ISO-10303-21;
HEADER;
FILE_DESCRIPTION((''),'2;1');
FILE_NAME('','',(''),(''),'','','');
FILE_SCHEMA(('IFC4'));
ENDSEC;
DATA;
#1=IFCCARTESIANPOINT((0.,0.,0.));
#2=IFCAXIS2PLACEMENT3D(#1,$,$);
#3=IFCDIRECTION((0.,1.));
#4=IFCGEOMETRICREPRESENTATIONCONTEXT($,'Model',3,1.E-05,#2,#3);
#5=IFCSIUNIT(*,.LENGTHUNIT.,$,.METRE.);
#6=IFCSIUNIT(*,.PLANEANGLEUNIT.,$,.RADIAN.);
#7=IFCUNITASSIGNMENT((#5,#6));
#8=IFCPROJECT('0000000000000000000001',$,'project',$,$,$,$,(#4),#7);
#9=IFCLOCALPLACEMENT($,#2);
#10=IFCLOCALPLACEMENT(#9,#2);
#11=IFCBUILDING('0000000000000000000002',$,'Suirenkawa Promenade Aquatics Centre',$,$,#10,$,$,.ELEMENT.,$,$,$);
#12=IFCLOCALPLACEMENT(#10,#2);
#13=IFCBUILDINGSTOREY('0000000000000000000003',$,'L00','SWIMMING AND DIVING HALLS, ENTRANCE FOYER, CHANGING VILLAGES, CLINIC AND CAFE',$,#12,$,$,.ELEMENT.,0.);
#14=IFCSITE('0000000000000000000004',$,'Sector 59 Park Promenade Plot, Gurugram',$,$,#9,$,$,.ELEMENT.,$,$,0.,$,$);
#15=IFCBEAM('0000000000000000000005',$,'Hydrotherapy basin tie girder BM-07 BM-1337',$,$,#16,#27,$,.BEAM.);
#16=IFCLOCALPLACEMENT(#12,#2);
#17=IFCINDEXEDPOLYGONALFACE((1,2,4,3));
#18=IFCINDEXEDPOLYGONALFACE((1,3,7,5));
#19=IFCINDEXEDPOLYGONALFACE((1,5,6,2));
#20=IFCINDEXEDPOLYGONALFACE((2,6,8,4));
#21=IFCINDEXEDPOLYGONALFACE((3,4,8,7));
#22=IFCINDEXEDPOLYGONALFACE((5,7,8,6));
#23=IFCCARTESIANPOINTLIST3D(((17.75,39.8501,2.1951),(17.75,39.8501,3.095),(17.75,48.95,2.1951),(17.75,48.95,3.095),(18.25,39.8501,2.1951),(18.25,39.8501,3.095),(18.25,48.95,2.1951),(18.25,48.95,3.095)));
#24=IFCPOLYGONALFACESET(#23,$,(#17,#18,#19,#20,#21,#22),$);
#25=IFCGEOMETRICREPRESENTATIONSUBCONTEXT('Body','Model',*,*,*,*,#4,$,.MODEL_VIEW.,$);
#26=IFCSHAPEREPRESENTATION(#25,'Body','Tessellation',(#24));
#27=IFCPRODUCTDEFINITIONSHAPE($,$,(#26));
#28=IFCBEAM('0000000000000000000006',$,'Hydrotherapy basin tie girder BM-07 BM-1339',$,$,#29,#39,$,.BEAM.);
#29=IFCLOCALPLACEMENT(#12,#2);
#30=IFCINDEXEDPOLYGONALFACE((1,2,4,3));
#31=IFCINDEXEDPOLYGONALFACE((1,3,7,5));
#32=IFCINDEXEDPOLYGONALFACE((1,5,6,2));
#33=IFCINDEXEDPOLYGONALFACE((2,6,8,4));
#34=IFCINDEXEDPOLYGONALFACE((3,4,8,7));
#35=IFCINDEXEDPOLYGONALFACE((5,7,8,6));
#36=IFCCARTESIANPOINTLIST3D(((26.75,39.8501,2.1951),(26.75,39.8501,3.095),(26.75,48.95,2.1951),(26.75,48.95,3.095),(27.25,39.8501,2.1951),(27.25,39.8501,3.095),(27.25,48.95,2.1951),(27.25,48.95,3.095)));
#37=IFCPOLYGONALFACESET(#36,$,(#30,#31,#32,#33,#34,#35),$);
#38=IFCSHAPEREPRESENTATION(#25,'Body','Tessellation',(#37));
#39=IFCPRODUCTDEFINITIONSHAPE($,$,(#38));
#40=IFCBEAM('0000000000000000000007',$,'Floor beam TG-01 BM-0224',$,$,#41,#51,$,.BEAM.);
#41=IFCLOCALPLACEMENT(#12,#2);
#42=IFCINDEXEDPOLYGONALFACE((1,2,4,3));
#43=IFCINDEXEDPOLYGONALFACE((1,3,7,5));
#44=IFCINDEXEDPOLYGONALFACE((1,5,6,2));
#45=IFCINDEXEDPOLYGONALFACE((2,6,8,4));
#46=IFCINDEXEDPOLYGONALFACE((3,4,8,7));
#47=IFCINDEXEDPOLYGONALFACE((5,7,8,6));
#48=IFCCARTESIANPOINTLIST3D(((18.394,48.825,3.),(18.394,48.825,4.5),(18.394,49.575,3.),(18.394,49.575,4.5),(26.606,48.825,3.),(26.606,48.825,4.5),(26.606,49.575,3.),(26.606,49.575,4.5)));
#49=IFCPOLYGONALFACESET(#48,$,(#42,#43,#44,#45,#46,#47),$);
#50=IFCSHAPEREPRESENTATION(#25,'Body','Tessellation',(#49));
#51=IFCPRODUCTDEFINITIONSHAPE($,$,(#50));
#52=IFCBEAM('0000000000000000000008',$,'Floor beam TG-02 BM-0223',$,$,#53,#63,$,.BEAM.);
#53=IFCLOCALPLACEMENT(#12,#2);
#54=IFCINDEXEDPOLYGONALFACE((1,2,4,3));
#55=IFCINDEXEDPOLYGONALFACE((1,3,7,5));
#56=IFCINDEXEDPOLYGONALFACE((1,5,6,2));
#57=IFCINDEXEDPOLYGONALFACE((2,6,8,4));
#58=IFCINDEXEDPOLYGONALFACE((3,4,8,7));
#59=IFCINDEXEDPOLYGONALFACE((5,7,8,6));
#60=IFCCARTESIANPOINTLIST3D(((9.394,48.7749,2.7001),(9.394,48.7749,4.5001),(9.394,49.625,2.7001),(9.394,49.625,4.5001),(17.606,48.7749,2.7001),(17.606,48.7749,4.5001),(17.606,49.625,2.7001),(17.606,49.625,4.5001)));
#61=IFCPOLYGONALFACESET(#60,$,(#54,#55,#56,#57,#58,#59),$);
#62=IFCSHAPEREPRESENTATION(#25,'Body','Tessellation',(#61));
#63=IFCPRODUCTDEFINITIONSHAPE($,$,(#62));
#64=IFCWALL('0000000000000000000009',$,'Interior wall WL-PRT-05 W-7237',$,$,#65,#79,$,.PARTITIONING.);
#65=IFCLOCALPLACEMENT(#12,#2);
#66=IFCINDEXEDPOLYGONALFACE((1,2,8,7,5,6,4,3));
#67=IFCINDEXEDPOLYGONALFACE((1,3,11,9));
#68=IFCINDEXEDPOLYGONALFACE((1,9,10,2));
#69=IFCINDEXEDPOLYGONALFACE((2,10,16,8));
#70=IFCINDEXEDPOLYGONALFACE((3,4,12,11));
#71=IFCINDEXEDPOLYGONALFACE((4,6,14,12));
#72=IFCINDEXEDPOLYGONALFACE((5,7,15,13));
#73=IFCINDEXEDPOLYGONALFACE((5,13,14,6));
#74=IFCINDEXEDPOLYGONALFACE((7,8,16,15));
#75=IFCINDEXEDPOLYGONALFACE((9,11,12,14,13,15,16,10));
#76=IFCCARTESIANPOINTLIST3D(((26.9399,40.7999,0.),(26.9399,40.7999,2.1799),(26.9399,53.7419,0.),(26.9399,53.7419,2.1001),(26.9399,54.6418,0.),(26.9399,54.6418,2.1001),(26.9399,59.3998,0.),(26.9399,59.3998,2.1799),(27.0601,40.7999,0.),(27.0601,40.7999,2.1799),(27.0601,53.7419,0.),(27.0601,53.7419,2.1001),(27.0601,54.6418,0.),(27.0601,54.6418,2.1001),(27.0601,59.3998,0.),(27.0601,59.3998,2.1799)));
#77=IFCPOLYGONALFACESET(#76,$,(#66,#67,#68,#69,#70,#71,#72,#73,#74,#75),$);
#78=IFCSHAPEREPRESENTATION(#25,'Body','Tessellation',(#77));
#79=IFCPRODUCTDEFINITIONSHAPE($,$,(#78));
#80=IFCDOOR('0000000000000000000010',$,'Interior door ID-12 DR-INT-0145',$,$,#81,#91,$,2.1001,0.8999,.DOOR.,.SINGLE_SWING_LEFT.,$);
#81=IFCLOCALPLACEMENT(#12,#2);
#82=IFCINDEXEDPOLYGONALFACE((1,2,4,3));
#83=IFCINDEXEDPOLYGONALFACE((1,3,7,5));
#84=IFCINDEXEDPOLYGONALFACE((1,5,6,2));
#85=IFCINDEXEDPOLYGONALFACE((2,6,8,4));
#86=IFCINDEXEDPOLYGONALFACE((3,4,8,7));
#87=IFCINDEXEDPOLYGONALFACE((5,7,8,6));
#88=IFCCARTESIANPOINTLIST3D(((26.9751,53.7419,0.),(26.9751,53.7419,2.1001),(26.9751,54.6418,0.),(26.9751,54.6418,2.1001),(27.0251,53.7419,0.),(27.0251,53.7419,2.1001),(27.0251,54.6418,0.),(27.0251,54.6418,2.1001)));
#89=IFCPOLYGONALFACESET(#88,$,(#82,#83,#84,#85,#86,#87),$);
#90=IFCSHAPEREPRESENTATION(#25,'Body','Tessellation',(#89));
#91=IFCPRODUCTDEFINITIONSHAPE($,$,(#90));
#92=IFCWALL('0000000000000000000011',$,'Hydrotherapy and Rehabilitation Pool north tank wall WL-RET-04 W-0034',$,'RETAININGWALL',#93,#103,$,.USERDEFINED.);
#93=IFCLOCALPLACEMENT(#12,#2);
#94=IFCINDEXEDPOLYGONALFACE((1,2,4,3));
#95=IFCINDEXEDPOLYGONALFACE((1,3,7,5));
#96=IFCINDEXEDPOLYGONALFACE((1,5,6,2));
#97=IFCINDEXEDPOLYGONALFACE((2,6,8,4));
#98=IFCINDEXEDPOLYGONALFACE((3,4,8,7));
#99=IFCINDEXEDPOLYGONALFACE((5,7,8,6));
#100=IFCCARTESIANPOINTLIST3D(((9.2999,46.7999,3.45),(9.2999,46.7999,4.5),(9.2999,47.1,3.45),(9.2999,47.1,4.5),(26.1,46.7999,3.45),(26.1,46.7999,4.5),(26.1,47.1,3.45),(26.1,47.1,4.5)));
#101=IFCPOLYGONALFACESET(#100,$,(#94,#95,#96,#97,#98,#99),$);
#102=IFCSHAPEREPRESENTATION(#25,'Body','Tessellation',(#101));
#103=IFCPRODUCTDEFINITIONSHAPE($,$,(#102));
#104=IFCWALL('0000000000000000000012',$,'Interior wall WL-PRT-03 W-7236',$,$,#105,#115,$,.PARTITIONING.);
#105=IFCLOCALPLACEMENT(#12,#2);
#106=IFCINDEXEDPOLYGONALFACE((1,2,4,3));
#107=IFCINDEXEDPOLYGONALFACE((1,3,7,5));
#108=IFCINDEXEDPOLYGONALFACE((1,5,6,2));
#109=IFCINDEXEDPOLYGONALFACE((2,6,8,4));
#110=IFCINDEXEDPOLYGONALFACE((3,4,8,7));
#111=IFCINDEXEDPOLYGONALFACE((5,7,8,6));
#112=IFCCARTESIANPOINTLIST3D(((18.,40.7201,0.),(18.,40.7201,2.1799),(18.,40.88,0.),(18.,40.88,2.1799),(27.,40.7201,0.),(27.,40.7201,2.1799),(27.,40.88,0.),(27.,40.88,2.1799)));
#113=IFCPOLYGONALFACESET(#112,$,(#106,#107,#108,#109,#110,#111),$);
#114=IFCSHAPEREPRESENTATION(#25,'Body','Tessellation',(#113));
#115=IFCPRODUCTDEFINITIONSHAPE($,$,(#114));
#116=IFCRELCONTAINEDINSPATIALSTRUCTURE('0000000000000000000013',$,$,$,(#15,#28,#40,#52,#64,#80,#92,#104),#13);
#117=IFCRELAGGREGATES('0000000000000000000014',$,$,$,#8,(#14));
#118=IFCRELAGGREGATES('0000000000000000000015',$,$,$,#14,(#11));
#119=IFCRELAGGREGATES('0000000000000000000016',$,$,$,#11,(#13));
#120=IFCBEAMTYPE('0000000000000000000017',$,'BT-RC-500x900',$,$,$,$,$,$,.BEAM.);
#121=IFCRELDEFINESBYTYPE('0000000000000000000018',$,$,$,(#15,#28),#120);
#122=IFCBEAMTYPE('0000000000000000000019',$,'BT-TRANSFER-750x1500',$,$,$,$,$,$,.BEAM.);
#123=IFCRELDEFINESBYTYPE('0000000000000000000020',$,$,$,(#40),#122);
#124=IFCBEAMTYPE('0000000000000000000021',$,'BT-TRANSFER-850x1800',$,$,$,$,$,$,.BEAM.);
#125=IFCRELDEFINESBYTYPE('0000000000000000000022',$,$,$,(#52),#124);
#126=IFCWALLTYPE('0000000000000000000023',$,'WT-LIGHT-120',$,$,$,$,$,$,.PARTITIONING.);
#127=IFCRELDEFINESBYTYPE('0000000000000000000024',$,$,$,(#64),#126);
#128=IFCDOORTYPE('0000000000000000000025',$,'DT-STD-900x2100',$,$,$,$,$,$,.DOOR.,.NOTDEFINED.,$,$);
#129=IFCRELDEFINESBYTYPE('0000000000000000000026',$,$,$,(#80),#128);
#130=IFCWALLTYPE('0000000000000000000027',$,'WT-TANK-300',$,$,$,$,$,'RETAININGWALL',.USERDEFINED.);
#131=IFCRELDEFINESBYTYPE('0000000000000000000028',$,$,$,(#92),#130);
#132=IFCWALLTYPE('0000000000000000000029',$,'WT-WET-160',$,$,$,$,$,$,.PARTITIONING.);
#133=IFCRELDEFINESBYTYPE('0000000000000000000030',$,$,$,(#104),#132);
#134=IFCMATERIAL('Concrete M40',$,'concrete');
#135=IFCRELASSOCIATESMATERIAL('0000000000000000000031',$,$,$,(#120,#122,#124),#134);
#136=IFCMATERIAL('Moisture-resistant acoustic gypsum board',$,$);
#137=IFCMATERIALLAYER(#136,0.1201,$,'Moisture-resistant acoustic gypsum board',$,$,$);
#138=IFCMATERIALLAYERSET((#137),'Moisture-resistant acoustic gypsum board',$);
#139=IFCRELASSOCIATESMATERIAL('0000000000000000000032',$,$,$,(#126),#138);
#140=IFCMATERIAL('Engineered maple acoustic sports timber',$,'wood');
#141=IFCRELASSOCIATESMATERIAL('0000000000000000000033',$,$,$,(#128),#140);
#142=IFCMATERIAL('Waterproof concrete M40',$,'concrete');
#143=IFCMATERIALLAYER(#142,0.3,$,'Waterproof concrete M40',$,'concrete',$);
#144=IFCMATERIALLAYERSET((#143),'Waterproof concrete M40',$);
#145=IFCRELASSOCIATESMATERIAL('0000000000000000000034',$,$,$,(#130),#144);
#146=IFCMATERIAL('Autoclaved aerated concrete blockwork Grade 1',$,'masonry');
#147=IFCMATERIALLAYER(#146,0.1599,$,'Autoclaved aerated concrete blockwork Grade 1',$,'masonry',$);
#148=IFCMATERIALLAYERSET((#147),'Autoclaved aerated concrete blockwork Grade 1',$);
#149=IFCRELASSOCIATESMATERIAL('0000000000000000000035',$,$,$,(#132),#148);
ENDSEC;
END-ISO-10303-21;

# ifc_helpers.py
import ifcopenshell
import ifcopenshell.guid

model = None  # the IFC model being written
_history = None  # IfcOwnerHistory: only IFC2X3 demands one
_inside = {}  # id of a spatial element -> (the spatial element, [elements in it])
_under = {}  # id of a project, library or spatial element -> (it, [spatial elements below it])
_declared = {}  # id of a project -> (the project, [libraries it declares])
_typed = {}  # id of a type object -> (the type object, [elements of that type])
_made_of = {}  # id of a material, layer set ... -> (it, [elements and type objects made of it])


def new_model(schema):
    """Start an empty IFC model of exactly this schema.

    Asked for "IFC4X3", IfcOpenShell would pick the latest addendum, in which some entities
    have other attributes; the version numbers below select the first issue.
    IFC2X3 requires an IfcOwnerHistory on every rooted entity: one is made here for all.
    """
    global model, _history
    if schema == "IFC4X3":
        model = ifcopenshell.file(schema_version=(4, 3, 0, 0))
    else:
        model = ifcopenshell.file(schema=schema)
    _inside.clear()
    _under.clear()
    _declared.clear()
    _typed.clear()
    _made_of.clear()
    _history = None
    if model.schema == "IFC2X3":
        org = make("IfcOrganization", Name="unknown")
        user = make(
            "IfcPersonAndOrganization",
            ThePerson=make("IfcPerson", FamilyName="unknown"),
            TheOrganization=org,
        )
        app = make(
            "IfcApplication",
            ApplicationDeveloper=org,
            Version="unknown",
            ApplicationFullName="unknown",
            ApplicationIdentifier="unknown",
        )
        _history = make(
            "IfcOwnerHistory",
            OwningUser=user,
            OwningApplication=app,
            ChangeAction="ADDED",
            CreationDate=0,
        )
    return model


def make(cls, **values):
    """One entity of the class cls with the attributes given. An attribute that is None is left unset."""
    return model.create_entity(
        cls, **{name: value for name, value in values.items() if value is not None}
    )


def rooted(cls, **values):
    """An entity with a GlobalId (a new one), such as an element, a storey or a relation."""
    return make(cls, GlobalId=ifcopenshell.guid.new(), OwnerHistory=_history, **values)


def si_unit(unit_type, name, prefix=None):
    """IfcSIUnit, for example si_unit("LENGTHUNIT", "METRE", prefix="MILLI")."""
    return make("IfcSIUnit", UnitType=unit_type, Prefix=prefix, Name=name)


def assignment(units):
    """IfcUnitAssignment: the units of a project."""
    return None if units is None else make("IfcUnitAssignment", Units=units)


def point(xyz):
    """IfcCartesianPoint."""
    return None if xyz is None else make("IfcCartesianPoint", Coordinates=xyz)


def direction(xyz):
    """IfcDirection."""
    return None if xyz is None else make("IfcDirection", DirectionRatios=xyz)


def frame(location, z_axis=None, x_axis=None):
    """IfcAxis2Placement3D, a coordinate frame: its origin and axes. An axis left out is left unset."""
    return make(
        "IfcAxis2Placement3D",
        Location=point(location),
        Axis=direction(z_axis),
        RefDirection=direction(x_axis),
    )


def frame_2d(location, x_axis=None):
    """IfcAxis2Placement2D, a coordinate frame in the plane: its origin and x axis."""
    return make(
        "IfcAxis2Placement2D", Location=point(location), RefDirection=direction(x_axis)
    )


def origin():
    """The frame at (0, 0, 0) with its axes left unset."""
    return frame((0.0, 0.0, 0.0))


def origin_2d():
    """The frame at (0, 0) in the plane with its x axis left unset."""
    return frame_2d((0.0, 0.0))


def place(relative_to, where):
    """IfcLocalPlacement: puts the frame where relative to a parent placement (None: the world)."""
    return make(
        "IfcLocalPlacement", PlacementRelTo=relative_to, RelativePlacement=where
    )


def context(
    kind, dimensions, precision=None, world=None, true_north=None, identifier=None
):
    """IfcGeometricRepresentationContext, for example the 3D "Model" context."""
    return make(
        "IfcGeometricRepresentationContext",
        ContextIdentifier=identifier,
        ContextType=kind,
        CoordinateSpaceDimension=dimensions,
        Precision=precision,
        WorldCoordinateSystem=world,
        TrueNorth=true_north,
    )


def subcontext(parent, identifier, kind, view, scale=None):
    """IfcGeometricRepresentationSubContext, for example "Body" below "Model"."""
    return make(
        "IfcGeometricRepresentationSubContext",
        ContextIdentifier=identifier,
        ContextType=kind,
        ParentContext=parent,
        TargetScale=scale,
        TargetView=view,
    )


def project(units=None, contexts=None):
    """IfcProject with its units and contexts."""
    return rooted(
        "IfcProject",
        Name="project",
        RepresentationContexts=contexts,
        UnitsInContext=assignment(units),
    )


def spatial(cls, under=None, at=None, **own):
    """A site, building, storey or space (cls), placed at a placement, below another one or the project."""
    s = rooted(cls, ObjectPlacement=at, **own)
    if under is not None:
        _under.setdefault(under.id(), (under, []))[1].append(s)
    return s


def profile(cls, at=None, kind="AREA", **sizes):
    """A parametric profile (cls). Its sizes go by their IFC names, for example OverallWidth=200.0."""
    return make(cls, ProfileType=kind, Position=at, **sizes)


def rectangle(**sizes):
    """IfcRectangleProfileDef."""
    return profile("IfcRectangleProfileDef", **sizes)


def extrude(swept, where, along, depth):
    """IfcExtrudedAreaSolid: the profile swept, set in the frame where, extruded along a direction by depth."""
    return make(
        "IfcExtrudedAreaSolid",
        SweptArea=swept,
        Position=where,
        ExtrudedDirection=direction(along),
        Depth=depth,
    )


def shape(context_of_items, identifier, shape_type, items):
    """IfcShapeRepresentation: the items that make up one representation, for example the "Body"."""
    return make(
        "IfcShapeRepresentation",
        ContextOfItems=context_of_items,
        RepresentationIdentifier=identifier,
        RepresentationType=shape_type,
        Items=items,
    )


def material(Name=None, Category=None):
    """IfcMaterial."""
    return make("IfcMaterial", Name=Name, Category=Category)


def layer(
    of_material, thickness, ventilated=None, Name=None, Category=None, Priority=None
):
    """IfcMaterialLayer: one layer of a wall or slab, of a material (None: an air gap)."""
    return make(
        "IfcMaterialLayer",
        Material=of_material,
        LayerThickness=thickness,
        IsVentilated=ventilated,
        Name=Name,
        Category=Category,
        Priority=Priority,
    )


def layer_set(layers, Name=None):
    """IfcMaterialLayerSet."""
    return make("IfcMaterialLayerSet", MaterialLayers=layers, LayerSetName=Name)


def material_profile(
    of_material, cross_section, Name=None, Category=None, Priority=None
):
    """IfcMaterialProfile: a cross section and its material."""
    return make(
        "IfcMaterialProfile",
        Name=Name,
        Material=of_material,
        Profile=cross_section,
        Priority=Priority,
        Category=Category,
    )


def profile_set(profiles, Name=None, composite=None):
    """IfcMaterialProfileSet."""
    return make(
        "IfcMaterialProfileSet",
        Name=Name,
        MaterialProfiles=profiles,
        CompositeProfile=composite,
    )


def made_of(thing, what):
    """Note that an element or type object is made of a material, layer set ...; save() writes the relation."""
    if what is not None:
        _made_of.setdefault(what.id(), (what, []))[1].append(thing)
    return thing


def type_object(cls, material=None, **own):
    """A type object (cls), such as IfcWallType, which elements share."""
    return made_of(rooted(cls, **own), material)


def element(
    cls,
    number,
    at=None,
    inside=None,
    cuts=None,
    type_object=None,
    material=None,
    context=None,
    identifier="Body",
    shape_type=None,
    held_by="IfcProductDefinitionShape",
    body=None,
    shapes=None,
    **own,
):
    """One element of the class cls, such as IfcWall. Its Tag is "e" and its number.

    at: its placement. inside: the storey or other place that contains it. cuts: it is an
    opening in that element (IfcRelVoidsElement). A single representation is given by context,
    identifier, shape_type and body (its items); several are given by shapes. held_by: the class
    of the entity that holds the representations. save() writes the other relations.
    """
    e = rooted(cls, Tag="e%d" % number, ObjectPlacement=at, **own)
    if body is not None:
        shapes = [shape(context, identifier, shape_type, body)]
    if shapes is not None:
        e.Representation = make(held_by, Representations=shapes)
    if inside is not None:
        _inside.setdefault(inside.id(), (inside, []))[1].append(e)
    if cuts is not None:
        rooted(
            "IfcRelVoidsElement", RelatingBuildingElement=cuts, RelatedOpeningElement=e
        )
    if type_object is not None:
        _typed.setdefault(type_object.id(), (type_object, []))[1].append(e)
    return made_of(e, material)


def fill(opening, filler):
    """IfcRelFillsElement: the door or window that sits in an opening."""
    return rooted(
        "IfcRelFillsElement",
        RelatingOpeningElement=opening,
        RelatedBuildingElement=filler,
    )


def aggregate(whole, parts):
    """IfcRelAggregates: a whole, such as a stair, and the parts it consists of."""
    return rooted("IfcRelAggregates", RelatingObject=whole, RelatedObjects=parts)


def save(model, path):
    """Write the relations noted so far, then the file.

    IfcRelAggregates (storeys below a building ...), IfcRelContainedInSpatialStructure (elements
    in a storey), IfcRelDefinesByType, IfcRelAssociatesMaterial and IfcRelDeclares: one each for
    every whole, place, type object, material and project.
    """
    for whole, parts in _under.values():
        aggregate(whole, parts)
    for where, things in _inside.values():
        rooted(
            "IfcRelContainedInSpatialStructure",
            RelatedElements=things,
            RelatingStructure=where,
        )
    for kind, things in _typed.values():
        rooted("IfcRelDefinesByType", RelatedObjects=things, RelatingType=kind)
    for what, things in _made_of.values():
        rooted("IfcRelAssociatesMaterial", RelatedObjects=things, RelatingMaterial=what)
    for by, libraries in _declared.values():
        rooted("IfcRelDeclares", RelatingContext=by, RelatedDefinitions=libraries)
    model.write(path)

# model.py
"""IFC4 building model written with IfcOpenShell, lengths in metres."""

from ifc_helpers import new_model, si_unit, direction, frame, frame_2d, origin, origin_2d, place, context, subcontext, project, spatial, rectangle, extrude, material, layer, layer_set, material_profile, profile_set, type_object, element, fill, save


model = new_model("IFC4")

# Units and contexts
model_context = context("Model", 3, precision=1e-05, world=origin(), true_north=direction((0.0, 1.0)))
body_context = subcontext(model_context, "Body", "Model", "MODEL_VIEW")
ifc_project = project(units=[si_unit("LENGTHUNIT", "METRE"), si_unit("PLANEANGLEUNIT", "RADIAN")], contexts=[model_context])

# Site, building, storey
site_placement = place(None, origin())
site = spatial("IfcSite", under=ifc_project, at=site_placement, Name="Sector 59 Park Promenade Plot, Gurugram", CompositionType="ELEMENT", RefElevation=0.0)
building_placement = place(site_placement, origin())
building = spatial("IfcBuilding", under=site, at=building_placement, Name="Suirenkawa Promenade Aquatics Centre", CompositionType="ELEMENT")
storey_placement = place(building_placement, origin())
storey = spatial("IfcBuildingStorey", under=building, at=storey_placement, Name="L00", Description="SWIMMING AND DIVING HALLS, ENTRANCE FOYER, CHANGING VILLAGES, CLINIC AND CAFE", CompositionType="ELEMENT", Elevation=0.0)

# Shared definitions
ifc_material_1 = material(Name="Concrete M40", Category="concrete")

# Beams
ifc_material_profile_1 = material_profile(ifc_material_1, rectangle(XDim=0.5, YDim=0.8999, at=origin_2d()), Name="RC BM 500x900", Category="concrete")
ifc_profile_set_1 = profile_set([ifc_material_profile_1], Name="Concrete M40")
beam_type_1 = type_object("IfcBeamType", Name="BT-RC-500x900", PredefinedType="BEAM", material=ifc_profile_set_1)
for number, where, z_axis, x_axis, name in (
    (1, (18.0, 39.8501, 2.645), (0.0, 1.0, 0.0), (-1.0, 0.0, 0.0), "Hydrotherapy basin tie girder BM-07 BM-1337"),
    (2, (27.0, 39.8501, 2.645), (0.0, 1.0, 0.0), (-1.0, 0.0, 0.0), "Hydrotherapy basin tie girder BM-07 BM-1339"),
):
    element("IfcBeam", number, at=place(storey_placement, frame(where, z_axis=z_axis, x_axis=x_axis)), inside=storey, type_object=beam_type_1, Name=name, PredefinedType="BEAM", context=body_context, shape_type="SweptSolid", body=[
        extrude(rectangle(XDim=0.5, YDim=0.8999, at=origin_2d()), origin(), (0.0, 0.0, 1.0), 9.0999),
    ])
ifc_material_profile_2 = material_profile(ifc_material_1, rectangle(XDim=0.75, YDim=1.5, at=origin_2d()), Name="RC TRANSFER 750x1500", Category="concrete")
ifc_profile_set_2 = profile_set([ifc_material_profile_2], Name="Concrete M40")
beam_type_2 = type_object("IfcBeamType", Name="BT-TRANSFER-750x1500", PredefinedType="BEAM", material=ifc_profile_set_2)
beam_1_placement = place(storey_placement, frame((18.394, 49.2, 3.75), z_axis=(1.0, 0.0, 0.0), x_axis=(0.0, 1.0, 0.0)))
element("IfcBeam", 3, at=beam_1_placement, inside=storey, type_object=beam_type_2, Name="Floor beam TG-01 BM-0224", PredefinedType="BEAM", context=body_context, shape_type="SweptSolid", body=[
    extrude(rectangle(XDim=0.75, YDim=1.5, at=origin_2d()), origin(), (0.0, 0.0, 1.0), 8.2119),
])
ifc_material_profile_3 = material_profile(ifc_material_1, rectangle(XDim=0.8501, YDim=1.8, at=origin_2d()), Name="RC TRANSFER 850x1800", Category="concrete")
ifc_profile_set_3 = profile_set([ifc_material_profile_3], Name="Concrete M40")
beam_type_3 = type_object("IfcBeamType", Name="BT-TRANSFER-850x1800", PredefinedType="BEAM", material=ifc_profile_set_3)
beam_2_placement = place(storey_placement, frame((9.394, 49.2, 3.6001), z_axis=(1.0, 0.0, 0.0), x_axis=(0.0, 1.0, 0.0)))
element("IfcBeam", 4, at=beam_2_placement, inside=storey, type_object=beam_type_3, Name="Floor beam TG-02 BM-0223", PredefinedType="BEAM", context=body_context, shape_type="SweptSolid", body=[
    extrude(rectangle(XDim=0.8501, YDim=1.8, at=origin_2d()), origin(), (0.0, 0.0, 1.0), 8.2119),
])

# Wall, opening, door
ifc_material_2 = material(Name="Moisture-resistant acoustic gypsum board")
ifc_layer_1 = layer(ifc_material_2, 0.1201, Name="Moisture-resistant acoustic gypsum board")
ifc_layer_set_1 = layer_set([ifc_layer_1], Name="Moisture-resistant acoustic gypsum board")
wall_type_1 = type_object("IfcWallType", Name="WT-LIGHT-120", PredefinedType="PARTITIONING", material=ifc_layer_set_1)
wall_1_placement = place(storey_placement, frame((27.0, 40.8, 0.0), z_axis=(0.0, 0.0, 1.0), x_axis=(0.0, 1.0, 0.0)))
wall_1 = element("IfcWall", 5, at=wall_1_placement, inside=storey, type_object=wall_type_1, Name="Interior wall WL-PRT-05 W-7237", PredefinedType="PARTITIONING", context=body_context, shape_type="SweptSolid", body=[
    extrude(rectangle(XDim=18.5999, YDim=0.1201, at=frame_2d((9.2998, 0.0))), origin(), (0.0, 0.0, 1.0), 2.1799),
])
opening_placement = place(wall_1_placement, frame((12.9419, 0.0, 0.0)))
opening = element("IfcOpeningElement", 6, at=opening_placement, cuts=wall_1, PredefinedType="OPENING", context=body_context, shape_type="SweptSolid", body=[
    extrude(rectangle(XDim=0.8999, YDim=2.1001, at=frame_2d((0.45, 1.05))), frame((0.0, 0.0701, 0.0), z_axis=(0.0, -1.0, 0.0), x_axis=(1.0, 0.0, 0.0)), (0.0, 0.0, 1.0), 0.1401),
])
ifc_material_3 = material(Name="Engineered maple acoustic sports timber", Category="wood")
door_type = type_object("IfcDoorType", Name="DT-STD-900x2100", OperationType="NOTDEFINED", PredefinedType="DOOR", material=ifc_material_3)
door_placement = place(opening_placement, origin())
door = element("IfcDoor", 7, at=door_placement, inside=storey, type_object=door_type, Name="Interior door ID-12 DR-INT-0145", OperationType="SINGLE_SWING_LEFT", OverallHeight=2.1001, OverallWidth=0.8999, PredefinedType="DOOR", context=body_context, shape_type="SweptSolid", body=[
    extrude(rectangle(XDim=0.8999, YDim=2.1001, at=frame_2d((0.45, 1.05))), frame((0.0, 0.0249, 0.0), z_axis=(0.0, -1.0, 0.0), x_axis=(1.0, 0.0, 0.0)), (0.0, 0.0, 1.0), 0.05),
])
fill(opening, door)

# Walls
ifc_material_4 = material(Name="Waterproof concrete M40", Category="concrete")
ifc_layer_2 = layer(ifc_material_4, 0.3, Name="Waterproof concrete M40", Category="concrete")
ifc_layer_set_2 = layer_set([ifc_layer_2], Name="Waterproof concrete M40")
wall_type_2 = type_object("IfcWallType", Name="WT-TANK-300", ElementType="RETAININGWALL", PredefinedType="USERDEFINED", material=ifc_layer_set_2)
wall_2_placement = place(storey_placement, frame((9.3, 46.95, 3.45), z_axis=(0.0, 0.0, 1.0), x_axis=(1.0, 0.0, 0.0)))
element("IfcWall", 8, at=wall_2_placement, inside=storey, type_object=wall_type_2, Name="Hydrotherapy and Rehabilitation Pool north tank wall WL-RET-04 W-0034", ObjectType="RETAININGWALL", PredefinedType="USERDEFINED", context=body_context, shape_type="SweptSolid", body=[
    extrude(rectangle(XDim=16.8, YDim=0.3, at=frame_2d((8.3999, 0.0))), origin(), (0.0, 0.0, 1.0), 1.05),
])
ifc_material_5 = material(Name="Autoclaved aerated concrete blockwork Grade 1", Category="masonry")
ifc_layer_3 = layer(ifc_material_5, 0.1599, Name="Autoclaved aerated concrete blockwork Grade 1", Category="masonry")
ifc_layer_set_3 = layer_set([ifc_layer_3], Name="Autoclaved aerated concrete blockwork Grade 1")
wall_type_3 = type_object("IfcWallType", Name="WT-WET-160", PredefinedType="PARTITIONING", material=ifc_layer_set_3)
wall_3_placement = place(storey_placement, frame((18.0, 40.8, 0.0), z_axis=(0.0, 0.0, 1.0), x_axis=(1.0, 0.0, 0.0)))
element("IfcWall", 9, at=wall_3_placement, inside=storey, type_object=wall_type_3, Name="Interior wall WL-PRT-03 W-7236", PredefinedType="PARTITIONING", context=body_context, shape_type="SweptSolid", body=[
    extrude(rectangle(XDim=9.0, YDim=0.1599, at=frame_2d((4.5, 0.0))), origin(), (0.0, 0.0, 1.0), 2.1799),
])

save(model, "model.ifc")
